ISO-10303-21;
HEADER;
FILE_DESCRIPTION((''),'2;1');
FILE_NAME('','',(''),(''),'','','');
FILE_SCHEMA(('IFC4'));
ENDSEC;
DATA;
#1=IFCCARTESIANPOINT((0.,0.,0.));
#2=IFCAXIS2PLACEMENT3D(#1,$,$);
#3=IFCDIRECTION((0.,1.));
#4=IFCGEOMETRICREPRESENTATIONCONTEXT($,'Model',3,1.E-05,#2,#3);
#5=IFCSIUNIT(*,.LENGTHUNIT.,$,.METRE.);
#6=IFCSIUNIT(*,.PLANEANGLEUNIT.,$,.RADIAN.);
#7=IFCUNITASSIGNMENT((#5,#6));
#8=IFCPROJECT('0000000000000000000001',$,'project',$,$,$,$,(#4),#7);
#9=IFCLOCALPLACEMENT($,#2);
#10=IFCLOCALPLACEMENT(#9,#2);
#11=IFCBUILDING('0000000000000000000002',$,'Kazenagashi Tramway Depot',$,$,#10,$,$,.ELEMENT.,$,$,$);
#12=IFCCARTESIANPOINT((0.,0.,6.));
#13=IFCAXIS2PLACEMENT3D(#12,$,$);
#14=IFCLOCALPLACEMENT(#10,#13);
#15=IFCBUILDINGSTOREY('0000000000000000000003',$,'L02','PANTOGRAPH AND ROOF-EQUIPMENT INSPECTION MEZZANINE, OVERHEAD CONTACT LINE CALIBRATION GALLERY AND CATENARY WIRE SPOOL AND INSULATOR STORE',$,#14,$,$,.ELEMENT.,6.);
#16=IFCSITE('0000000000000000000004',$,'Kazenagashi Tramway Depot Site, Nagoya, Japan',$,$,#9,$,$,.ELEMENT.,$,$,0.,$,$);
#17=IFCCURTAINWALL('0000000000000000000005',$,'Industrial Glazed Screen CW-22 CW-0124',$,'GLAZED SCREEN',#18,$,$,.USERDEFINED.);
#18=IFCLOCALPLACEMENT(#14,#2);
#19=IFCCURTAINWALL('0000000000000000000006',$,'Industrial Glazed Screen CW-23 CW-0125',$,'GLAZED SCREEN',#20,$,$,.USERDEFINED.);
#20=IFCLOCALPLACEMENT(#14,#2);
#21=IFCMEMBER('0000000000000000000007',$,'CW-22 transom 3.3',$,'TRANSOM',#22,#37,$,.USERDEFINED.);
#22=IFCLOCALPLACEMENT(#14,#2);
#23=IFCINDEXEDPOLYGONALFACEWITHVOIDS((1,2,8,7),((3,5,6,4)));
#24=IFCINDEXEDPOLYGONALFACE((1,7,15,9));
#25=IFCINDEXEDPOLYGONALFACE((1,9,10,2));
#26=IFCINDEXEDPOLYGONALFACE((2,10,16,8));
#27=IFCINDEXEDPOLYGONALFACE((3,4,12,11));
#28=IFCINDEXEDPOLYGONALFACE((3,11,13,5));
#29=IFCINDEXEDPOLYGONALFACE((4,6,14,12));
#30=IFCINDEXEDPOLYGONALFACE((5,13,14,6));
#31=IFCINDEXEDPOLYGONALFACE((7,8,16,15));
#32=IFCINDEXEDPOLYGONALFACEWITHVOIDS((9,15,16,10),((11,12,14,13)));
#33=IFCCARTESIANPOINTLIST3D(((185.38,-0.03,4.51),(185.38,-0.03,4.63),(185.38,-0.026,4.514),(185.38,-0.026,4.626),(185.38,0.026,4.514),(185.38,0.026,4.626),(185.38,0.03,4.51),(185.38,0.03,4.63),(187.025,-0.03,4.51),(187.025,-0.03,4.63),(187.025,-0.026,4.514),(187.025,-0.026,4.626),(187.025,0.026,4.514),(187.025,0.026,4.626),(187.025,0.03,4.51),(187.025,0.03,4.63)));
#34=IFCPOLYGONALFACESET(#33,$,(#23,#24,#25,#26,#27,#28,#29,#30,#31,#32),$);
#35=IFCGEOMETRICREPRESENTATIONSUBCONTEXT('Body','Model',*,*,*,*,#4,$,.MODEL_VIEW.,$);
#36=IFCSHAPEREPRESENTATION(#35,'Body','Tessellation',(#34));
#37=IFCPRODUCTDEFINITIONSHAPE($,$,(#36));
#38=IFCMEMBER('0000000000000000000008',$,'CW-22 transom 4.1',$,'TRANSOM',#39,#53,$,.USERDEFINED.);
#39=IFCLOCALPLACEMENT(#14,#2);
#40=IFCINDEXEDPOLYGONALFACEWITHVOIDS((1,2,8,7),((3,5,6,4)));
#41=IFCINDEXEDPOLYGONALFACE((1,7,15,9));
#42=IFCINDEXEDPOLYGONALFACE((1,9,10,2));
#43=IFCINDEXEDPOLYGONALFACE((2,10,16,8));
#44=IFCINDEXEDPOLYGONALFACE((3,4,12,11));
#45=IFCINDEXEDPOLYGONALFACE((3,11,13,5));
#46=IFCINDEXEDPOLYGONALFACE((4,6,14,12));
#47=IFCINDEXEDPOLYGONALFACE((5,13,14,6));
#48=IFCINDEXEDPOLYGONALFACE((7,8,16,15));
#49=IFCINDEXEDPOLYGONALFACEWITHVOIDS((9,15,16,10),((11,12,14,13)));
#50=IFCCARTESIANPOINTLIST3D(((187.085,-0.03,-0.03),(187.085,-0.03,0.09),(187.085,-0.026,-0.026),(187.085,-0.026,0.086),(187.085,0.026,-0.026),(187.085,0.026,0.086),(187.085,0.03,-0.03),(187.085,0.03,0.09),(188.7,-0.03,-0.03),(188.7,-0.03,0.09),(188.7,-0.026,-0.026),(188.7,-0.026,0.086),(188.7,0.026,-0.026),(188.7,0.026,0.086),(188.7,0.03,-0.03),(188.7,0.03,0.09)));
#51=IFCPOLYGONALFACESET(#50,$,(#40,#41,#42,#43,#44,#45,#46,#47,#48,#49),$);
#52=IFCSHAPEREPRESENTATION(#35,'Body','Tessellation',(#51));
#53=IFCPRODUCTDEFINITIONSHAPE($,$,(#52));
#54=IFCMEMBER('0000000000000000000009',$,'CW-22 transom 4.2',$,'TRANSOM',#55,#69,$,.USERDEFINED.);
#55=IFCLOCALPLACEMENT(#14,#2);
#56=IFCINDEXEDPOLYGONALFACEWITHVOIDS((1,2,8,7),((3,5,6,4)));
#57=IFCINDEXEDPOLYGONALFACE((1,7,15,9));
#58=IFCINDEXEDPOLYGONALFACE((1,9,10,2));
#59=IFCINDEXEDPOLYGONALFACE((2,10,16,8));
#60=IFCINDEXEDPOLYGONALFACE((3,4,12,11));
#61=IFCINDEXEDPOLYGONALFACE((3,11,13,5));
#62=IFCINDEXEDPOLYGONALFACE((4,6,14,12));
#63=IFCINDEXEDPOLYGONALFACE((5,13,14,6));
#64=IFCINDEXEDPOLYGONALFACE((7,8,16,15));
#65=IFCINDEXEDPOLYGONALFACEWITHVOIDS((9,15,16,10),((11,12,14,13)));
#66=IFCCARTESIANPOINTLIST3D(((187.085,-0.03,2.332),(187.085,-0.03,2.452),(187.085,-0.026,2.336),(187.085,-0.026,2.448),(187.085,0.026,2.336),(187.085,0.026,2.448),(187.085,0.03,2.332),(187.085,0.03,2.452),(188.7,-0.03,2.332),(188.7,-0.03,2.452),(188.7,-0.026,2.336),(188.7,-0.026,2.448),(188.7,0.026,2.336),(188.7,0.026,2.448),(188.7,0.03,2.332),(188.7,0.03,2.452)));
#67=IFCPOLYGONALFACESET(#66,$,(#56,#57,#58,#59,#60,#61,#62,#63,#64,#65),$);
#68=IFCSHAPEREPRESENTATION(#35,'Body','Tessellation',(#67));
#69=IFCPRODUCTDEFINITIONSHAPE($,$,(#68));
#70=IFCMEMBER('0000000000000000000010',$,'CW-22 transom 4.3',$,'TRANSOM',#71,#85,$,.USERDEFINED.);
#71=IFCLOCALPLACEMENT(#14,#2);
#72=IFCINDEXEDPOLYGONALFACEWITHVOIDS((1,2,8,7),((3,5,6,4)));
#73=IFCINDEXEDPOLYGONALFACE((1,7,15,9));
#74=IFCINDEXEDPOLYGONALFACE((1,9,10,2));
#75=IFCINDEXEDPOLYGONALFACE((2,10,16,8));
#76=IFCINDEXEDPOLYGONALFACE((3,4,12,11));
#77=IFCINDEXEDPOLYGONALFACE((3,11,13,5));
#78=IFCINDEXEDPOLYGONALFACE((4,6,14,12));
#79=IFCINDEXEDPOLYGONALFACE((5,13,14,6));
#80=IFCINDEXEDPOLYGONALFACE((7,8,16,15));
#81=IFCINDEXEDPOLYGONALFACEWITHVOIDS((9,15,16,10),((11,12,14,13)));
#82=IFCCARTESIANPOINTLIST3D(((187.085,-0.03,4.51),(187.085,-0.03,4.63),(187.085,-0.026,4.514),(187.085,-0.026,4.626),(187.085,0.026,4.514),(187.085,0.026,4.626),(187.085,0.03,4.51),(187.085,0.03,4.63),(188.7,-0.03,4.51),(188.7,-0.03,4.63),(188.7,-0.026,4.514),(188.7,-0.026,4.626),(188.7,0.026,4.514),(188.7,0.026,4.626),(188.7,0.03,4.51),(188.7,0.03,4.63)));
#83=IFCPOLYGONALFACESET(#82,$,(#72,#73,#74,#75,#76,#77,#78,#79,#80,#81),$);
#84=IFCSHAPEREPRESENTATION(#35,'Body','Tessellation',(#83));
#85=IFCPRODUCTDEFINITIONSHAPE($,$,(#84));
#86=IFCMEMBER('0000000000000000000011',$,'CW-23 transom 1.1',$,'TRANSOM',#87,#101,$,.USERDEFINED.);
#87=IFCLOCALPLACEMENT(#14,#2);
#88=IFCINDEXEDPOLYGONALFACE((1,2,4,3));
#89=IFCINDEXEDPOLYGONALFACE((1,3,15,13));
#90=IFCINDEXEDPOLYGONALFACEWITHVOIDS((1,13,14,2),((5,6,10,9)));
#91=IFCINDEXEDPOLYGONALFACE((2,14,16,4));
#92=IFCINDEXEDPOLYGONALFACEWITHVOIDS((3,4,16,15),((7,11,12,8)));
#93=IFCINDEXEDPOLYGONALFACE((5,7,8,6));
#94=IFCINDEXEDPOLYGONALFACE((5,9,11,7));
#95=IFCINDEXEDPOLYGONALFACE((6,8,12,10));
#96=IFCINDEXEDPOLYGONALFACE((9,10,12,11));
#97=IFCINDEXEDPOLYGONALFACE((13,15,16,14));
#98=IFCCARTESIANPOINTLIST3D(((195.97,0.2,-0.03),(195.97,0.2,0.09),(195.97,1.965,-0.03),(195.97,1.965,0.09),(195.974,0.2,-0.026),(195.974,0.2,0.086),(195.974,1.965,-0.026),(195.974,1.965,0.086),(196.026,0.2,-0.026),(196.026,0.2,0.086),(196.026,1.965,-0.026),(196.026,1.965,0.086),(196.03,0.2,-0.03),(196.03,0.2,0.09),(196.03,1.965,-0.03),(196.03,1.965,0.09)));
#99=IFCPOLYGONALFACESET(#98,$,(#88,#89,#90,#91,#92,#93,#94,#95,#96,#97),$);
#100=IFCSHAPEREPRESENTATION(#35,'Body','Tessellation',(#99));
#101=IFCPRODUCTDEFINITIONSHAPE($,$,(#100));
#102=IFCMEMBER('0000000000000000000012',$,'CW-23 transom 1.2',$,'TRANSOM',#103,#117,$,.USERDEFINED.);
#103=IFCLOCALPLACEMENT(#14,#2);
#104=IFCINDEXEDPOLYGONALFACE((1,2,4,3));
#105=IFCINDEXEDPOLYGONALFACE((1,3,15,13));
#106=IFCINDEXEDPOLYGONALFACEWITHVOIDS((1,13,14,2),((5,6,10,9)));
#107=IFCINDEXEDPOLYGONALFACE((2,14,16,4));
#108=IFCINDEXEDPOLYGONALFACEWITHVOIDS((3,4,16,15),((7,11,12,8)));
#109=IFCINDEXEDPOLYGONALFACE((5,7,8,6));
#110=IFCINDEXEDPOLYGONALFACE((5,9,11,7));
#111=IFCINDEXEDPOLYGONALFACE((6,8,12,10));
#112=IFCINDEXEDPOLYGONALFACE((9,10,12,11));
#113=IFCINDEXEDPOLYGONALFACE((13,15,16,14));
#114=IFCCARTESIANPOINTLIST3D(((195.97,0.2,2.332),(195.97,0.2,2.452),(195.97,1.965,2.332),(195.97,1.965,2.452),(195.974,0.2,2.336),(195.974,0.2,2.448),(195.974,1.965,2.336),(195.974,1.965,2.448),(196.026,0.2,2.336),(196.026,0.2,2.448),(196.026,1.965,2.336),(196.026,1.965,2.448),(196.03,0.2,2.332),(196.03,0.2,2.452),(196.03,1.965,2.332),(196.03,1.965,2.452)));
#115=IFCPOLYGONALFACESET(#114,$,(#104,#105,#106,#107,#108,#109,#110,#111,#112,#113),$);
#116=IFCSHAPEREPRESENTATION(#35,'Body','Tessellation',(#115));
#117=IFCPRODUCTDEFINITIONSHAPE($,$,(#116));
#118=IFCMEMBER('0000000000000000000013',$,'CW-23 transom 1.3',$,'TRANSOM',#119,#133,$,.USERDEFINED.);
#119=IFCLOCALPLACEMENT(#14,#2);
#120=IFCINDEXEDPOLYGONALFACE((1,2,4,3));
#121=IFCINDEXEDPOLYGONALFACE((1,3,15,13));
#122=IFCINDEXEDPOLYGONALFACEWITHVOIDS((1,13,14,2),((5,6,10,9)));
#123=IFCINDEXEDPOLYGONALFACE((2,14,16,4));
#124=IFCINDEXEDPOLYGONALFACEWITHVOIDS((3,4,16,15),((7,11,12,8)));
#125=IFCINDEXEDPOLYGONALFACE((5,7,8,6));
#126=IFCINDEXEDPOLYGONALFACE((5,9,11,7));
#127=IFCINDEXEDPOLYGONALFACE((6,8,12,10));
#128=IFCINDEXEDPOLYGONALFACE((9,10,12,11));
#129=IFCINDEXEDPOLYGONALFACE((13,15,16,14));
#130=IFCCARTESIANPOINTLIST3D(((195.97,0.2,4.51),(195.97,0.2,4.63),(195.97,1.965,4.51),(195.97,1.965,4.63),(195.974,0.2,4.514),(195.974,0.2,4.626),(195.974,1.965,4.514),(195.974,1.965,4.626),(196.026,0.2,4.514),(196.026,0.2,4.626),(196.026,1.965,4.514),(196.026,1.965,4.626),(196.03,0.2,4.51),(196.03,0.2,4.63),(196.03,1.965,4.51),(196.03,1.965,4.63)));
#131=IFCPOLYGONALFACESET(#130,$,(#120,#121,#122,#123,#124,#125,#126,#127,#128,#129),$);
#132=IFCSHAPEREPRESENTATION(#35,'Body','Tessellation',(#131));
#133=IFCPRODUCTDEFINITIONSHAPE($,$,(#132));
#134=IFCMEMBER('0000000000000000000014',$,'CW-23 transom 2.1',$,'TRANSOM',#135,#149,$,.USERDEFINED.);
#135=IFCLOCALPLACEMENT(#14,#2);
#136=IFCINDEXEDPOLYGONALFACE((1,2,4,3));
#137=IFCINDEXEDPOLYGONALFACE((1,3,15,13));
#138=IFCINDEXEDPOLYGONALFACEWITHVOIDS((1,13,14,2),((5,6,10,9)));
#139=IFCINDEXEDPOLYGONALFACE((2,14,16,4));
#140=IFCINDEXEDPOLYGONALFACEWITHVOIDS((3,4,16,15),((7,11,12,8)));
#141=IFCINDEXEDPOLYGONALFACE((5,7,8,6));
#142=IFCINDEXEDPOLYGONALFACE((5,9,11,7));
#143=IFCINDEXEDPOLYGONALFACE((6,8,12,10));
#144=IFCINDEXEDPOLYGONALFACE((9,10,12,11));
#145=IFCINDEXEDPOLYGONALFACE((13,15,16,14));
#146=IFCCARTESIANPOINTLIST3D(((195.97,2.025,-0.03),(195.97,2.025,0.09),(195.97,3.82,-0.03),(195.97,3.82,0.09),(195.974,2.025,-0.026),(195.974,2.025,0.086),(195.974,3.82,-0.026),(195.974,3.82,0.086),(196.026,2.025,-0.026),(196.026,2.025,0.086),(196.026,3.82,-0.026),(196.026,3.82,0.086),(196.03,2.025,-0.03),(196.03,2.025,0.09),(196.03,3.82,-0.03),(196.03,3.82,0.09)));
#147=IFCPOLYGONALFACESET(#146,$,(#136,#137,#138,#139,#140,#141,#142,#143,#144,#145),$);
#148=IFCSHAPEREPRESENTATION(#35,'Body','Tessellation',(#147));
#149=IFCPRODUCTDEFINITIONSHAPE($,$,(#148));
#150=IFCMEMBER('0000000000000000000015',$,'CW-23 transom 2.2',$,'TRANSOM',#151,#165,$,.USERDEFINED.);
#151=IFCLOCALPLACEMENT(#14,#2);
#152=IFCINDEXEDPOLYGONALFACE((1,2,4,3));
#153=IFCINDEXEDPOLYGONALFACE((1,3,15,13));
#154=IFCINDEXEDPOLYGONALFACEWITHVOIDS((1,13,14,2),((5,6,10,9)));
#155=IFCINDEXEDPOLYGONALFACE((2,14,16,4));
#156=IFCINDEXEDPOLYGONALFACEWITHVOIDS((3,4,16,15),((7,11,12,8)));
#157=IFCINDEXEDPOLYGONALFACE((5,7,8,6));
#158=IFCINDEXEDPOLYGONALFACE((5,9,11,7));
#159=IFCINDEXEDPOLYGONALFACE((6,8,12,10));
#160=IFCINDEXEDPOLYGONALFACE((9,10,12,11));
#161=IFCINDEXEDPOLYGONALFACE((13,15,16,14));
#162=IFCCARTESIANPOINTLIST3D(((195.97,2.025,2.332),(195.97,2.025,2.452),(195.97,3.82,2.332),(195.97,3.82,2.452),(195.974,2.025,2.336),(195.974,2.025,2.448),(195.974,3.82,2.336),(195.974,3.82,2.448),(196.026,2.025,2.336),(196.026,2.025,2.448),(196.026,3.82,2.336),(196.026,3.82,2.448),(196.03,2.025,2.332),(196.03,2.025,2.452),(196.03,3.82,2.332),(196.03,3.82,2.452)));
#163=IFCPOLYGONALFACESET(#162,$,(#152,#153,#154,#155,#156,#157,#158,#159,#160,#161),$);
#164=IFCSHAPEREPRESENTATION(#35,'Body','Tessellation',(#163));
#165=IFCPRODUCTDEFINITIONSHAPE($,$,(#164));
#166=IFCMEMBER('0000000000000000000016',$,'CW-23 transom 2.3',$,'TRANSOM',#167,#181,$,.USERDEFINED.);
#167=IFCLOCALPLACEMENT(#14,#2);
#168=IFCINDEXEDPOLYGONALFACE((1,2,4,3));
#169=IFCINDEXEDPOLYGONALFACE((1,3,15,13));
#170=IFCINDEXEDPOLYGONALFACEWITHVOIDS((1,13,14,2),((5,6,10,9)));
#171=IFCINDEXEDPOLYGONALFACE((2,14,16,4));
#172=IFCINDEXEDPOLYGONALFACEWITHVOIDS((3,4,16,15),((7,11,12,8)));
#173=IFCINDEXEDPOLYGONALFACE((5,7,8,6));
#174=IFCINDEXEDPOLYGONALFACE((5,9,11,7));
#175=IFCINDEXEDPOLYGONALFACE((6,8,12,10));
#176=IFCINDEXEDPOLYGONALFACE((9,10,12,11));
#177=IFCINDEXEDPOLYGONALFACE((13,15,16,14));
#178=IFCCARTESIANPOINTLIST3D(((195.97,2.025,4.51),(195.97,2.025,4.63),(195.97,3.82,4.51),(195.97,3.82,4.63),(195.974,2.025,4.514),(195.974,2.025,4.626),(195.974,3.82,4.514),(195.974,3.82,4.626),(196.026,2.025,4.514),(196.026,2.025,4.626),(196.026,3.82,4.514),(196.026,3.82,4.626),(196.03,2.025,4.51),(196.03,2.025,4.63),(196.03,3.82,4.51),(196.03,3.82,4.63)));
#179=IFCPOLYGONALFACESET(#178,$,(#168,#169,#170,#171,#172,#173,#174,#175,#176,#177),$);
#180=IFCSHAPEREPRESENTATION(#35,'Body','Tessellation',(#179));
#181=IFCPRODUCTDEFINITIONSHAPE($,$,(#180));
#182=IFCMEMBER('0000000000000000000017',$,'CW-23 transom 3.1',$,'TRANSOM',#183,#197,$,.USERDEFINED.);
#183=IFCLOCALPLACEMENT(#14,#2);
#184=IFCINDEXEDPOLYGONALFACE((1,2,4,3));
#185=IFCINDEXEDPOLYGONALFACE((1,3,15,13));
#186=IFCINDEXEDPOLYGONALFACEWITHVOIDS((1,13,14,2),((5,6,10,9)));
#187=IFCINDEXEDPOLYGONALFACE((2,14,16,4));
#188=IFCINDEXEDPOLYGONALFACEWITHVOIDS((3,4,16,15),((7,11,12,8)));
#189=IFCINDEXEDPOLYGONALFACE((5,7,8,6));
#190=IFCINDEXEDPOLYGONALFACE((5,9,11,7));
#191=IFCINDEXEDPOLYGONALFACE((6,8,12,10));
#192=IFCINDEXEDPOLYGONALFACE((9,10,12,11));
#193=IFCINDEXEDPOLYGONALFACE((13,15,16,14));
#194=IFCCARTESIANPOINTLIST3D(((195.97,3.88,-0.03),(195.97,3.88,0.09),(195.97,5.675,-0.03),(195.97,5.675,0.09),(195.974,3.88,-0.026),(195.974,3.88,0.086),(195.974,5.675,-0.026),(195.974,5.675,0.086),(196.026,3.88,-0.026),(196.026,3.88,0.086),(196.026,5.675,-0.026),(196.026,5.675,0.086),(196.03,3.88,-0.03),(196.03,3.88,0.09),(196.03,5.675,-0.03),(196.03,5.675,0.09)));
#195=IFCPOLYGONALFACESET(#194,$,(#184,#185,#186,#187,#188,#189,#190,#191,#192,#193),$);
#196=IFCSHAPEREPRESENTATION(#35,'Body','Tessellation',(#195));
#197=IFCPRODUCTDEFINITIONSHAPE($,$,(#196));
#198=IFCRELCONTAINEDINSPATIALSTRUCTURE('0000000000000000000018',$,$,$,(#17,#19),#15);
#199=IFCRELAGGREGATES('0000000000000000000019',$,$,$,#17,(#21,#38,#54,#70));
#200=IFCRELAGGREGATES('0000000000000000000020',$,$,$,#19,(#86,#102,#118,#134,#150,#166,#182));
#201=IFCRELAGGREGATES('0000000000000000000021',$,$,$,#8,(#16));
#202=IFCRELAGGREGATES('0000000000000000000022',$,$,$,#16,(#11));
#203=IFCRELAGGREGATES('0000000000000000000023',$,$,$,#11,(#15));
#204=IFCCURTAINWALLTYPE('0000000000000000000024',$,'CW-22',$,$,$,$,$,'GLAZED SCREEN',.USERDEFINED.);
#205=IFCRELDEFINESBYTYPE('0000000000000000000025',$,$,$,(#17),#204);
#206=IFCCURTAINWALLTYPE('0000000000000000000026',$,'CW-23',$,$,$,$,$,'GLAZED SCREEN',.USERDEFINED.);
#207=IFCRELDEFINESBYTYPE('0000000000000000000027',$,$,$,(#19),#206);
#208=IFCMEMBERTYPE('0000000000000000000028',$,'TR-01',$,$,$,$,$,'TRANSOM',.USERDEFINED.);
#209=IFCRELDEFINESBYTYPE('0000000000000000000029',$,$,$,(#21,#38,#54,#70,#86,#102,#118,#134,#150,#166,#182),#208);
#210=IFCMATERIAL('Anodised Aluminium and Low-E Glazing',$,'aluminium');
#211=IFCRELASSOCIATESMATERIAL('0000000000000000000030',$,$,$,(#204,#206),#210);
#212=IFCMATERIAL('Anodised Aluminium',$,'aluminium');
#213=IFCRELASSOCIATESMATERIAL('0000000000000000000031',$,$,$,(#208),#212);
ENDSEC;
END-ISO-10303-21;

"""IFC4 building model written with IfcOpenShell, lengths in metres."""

from ifc_helpers import new_model, si_unit, direction, frame, origin, origin_2d, place, context, subcontext, project, spatial, hollow_rectangle, extrude, material, material_profile, profile_set, type_object, element, aggregate, save


model = new_model("IFC4")

# Units and contexts
model_context = context("Model", 3, precision=1e-05, world=origin(), true_north=direction((0.0, 1.0)))
body_context = subcontext(model_context, "Body", "Model", "MODEL_VIEW")
ifc_project = project(units=[si_unit("LENGTHUNIT", "METRE"), si_unit("PLANEANGLEUNIT", "RADIAN")], contexts=[model_context])

# Site, building, storey
site_placement = place(None, origin())
site = spatial("IfcSite", under=ifc_project, at=site_placement, Name="Kazenagashi Tramway Depot Site, Nagoya, Japan", CompositionType="ELEMENT", RefElevation=0.0)
building_placement = place(site_placement, origin())
building = spatial("IfcBuilding", under=site, at=building_placement, Name="Kazenagashi Tramway Depot", CompositionType="ELEMENT")
storey_placement = place(building_placement, frame((0.0, 0.0, 6.0)))
storey = spatial("IfcBuildingStorey", under=building, at=storey_placement, Name="L02", Description="PANTOGRAPH AND ROOF-EQUIPMENT INSPECTION MEZZANINE, OVERHEAD CONTACT LINE CALIBRATION GALLERY AND CATENARY WIRE SPOOL AND INSULATOR STORE", CompositionType="ELEMENT", Elevation=6.0)

# Curtain walls
ifc_material_1 = material(Name="Anodised Aluminium and Low-E Glazing", Category="aluminium")
curtain_wall_type_1 = type_object("IfcCurtainWallType", Name="CW-22", ElementType="GLAZED SCREEN", PredefinedType="USERDEFINED", material=ifc_material_1)
curtain_wall_1_placement = place(storey_placement, origin())
curtain_wall_1 = element("IfcCurtainWall", 1, at=curtain_wall_1_placement, inside=storey, type_object=curtain_wall_type_1, Name="Industrial Glazed Screen CW-22 CW-0124", ObjectType="GLAZED SCREEN", PredefinedType="USERDEFINED")
ifc_material_2 = material(Name="Anodised Aluminium", Category="aluminium")
curtain_wall_type_2 = type_object("IfcCurtainWallType", Name="CW-23", ElementType="GLAZED SCREEN", PredefinedType="USERDEFINED", material=ifc_material_1)
curtain_wall_2_placement = place(storey_placement, origin())
curtain_wall_2 = element("IfcCurtainWall", 2, at=curtain_wall_2_placement, inside=storey, type_object=curtain_wall_type_2, Name="Industrial Glazed Screen CW-23 CW-0125", ObjectType="GLAZED SCREEN", PredefinedType="USERDEFINED")

# Members
ifc_material_profile_1 = material_profile(ifc_material_2, hollow_rectangle(XDim=0.06, YDim=0.12, WallThickness=0.004, at=origin_2d()), Name="RHS-120x60x4")
ifc_profile_set_1 = profile_set([ifc_material_profile_1], Name="Anodised Aluminium")
member_type_1 = type_object("IfcMemberType", Name="TR-01", ElementType="TRANSOM", PredefinedType="USERDEFINED", material=ifc_profile_set_1)
member_1_placement = place(storey_placement, frame((185.38, 0.0, 4.57), z_axis=(1.0, 0.0, 0.0), x_axis=(0.0, 1.0, 0.0)))
member_1 = element("IfcMember", 3, at=member_1_placement, type_object=member_type_1, Name="CW-22 transom 3.3", ObjectType="TRANSOM", PredefinedType="USERDEFINED", context=body_context, shape_type="SweptSolid", body=[
    extrude(hollow_rectangle(XDim=0.06, YDim=0.12, WallThickness=0.004, at=origin_2d()), origin(), (0.0, 0.0, 1.0), 1.645),
])
member_2_placement = place(storey_placement, frame((187.085, 0.0, 0.03), z_axis=(1.0, 0.0, 0.0), x_axis=(0.0, 1.0, 0.0)))
member_2 = element("IfcMember", 4, at=member_2_placement, type_object=member_type_1, Name="CW-22 transom 4.1", ObjectType="TRANSOM", PredefinedType="USERDEFINED", context=body_context, shape_type="SweptSolid", body=[
    extrude(hollow_rectangle(XDim=0.06, YDim=0.12, WallThickness=0.004, at=origin_2d()), origin(), (0.0, 0.0, 1.0), 1.615),
])
member_3_placement = place(storey_placement, frame((187.085, 0.0, 2.392), z_axis=(1.0, 0.0, 0.0), x_axis=(0.0, 1.0, 0.0)))
member_3 = element("IfcMember", 5, at=member_3_placement, type_object=member_type_1, Name="CW-22 transom 4.2", ObjectType="TRANSOM", PredefinedType="USERDEFINED", context=body_context, shape_type="SweptSolid", body=[
    extrude(hollow_rectangle(XDim=0.06, YDim=0.12, WallThickness=0.004, at=origin_2d()), origin(), (0.0, 0.0, 1.0), 1.615),
])
member_4_placement = place(storey_placement, frame((187.085, 0.0, 4.57), z_axis=(1.0, 0.0, 0.0), x_axis=(0.0, 1.0, 0.0)))
member_4 = element("IfcMember", 6, at=member_4_placement, type_object=member_type_1, Name="CW-22 transom 4.3", ObjectType="TRANSOM", PredefinedType="USERDEFINED", context=body_context, shape_type="SweptSolid", body=[
    extrude(hollow_rectangle(XDim=0.06, YDim=0.12, WallThickness=0.004, at=origin_2d()), origin(), (0.0, 0.0, 1.0), 1.615),
])
member_5_placement = place(storey_placement, frame((196.0, 0.2, 0.03), z_axis=(0.0, 1.0, 0.0), x_axis=(-1.0, 0.0, 0.0)))
member_5 = element("IfcMember", 7, at=member_5_placement, type_object=member_type_1, Name="CW-23 transom 1.1", ObjectType="TRANSOM", PredefinedType="USERDEFINED", context=body_context, shape_type="SweptSolid", body=[
    extrude(hollow_rectangle(XDim=0.06, YDim=0.12, WallThickness=0.004, at=origin_2d()), origin(), (0.0, 0.0, 1.0), 1.765),
])
member_6_placement = place(storey_placement, frame((196.0, 0.2, 2.392), z_axis=(0.0, 1.0, 0.0), x_axis=(-1.0, 0.0, 0.0)))
member_6 = element("IfcMember", 8, at=member_6_placement, type_object=member_type_1, Name="CW-23 transom 1.2", ObjectType="TRANSOM", PredefinedType="USERDEFINED", context=body_context, shape_type="SweptSolid", body=[
    extrude(hollow_rectangle(XDim=0.06, YDim=0.12, WallThickness=0.004, at=origin_2d()), origin(), (0.0, 0.0, 1.0), 1.765),
])
member_7_placement = place(storey_placement, frame((196.0, 0.2, 4.57), z_axis=(0.0, 1.0, 0.0), x_axis=(-1.0, 0.0, 0.0)))
member_7 = element("IfcMember", 9, at=member_7_placement, type_object=member_type_1, Name="CW-23 transom 1.3", ObjectType="TRANSOM", PredefinedType="USERDEFINED", context=body_context, shape_type="SweptSolid", body=[
    extrude(hollow_rectangle(XDim=0.06, YDim=0.12, WallThickness=0.004, at=origin_2d()), origin(), (0.0, 0.0, 1.0), 1.765),
])
member_8_placement = place(storey_placement, frame((196.0, 2.025, 0.03), z_axis=(0.0, 1.0, 0.0), x_axis=(-1.0, 0.0, 0.0)))
member_8 = element("IfcMember", 10, at=member_8_placement, type_object=member_type_1, Name="CW-23 transom 2.1", ObjectType="TRANSOM", PredefinedType="USERDEFINED", context=body_context, shape_type="SweptSolid", body=[
    extrude(hollow_rectangle(XDim=0.06, YDim=0.12, WallThickness=0.004, at=origin_2d()), origin(), (0.0, 0.0, 1.0), 1.795),
])
member_9_placement = place(storey_placement, frame((196.0, 2.025, 2.392), z_axis=(0.0, 1.0, 0.0), x_axis=(-1.0, 0.0, 0.0)))
member_9 = element("IfcMember", 11, at=member_9_placement, type_object=member_type_1, Name="CW-23 transom 2.2", ObjectType="TRANSOM", PredefinedType="USERDEFINED", context=body_context, shape_type="SweptSolid", body=[
    extrude(hollow_rectangle(XDim=0.06, YDim=0.12, WallThickness=0.004, at=origin_2d()), origin(), (0.0, 0.0, 1.0), 1.795),
])
member_10_placement = place(storey_placement, frame((196.0, 2.025, 4.57), z_axis=(0.0, 1.0, 0.0), x_axis=(-1.0, 0.0, 0.0)))
member_10 = element("IfcMember", 12, at=member_10_placement, type_object=member_type_1, Name="CW-23 transom 2.3", ObjectType="TRANSOM", PredefinedType="USERDEFINED", context=body_context, shape_type="SweptSolid", body=[
    extrude(hollow_rectangle(XDim=0.06, YDim=0.12, WallThickness=0.004, at=origin_2d()), origin(), (0.0, 0.0, 1.0), 1.795),
])
member_11_placement = place(storey_placement, frame((196.0, 3.88, 0.03), z_axis=(0.0, 1.0, 0.0), x_axis=(-1.0, 0.0, 0.0)))
member_11 = element("IfcMember", 13, at=member_11_placement, type_object=member_type_1, Name="CW-23 transom 3.1", ObjectType="TRANSOM", PredefinedType="USERDEFINED", context=body_context, shape_type="SweptSolid", body=[
    extrude(hollow_rectangle(XDim=0.06, YDim=0.12, WallThickness=0.004, at=origin_2d()), origin(), (0.0, 0.0, 1.0), 1.795),
])

aggregate(curtain_wall_1, [member_1, member_2, member_3, member_4])
aggregate(curtain_wall_2, [member_5, member_6, member_7, member_8, member_9, member_10, member_11])

save(model, "model.ifc")
